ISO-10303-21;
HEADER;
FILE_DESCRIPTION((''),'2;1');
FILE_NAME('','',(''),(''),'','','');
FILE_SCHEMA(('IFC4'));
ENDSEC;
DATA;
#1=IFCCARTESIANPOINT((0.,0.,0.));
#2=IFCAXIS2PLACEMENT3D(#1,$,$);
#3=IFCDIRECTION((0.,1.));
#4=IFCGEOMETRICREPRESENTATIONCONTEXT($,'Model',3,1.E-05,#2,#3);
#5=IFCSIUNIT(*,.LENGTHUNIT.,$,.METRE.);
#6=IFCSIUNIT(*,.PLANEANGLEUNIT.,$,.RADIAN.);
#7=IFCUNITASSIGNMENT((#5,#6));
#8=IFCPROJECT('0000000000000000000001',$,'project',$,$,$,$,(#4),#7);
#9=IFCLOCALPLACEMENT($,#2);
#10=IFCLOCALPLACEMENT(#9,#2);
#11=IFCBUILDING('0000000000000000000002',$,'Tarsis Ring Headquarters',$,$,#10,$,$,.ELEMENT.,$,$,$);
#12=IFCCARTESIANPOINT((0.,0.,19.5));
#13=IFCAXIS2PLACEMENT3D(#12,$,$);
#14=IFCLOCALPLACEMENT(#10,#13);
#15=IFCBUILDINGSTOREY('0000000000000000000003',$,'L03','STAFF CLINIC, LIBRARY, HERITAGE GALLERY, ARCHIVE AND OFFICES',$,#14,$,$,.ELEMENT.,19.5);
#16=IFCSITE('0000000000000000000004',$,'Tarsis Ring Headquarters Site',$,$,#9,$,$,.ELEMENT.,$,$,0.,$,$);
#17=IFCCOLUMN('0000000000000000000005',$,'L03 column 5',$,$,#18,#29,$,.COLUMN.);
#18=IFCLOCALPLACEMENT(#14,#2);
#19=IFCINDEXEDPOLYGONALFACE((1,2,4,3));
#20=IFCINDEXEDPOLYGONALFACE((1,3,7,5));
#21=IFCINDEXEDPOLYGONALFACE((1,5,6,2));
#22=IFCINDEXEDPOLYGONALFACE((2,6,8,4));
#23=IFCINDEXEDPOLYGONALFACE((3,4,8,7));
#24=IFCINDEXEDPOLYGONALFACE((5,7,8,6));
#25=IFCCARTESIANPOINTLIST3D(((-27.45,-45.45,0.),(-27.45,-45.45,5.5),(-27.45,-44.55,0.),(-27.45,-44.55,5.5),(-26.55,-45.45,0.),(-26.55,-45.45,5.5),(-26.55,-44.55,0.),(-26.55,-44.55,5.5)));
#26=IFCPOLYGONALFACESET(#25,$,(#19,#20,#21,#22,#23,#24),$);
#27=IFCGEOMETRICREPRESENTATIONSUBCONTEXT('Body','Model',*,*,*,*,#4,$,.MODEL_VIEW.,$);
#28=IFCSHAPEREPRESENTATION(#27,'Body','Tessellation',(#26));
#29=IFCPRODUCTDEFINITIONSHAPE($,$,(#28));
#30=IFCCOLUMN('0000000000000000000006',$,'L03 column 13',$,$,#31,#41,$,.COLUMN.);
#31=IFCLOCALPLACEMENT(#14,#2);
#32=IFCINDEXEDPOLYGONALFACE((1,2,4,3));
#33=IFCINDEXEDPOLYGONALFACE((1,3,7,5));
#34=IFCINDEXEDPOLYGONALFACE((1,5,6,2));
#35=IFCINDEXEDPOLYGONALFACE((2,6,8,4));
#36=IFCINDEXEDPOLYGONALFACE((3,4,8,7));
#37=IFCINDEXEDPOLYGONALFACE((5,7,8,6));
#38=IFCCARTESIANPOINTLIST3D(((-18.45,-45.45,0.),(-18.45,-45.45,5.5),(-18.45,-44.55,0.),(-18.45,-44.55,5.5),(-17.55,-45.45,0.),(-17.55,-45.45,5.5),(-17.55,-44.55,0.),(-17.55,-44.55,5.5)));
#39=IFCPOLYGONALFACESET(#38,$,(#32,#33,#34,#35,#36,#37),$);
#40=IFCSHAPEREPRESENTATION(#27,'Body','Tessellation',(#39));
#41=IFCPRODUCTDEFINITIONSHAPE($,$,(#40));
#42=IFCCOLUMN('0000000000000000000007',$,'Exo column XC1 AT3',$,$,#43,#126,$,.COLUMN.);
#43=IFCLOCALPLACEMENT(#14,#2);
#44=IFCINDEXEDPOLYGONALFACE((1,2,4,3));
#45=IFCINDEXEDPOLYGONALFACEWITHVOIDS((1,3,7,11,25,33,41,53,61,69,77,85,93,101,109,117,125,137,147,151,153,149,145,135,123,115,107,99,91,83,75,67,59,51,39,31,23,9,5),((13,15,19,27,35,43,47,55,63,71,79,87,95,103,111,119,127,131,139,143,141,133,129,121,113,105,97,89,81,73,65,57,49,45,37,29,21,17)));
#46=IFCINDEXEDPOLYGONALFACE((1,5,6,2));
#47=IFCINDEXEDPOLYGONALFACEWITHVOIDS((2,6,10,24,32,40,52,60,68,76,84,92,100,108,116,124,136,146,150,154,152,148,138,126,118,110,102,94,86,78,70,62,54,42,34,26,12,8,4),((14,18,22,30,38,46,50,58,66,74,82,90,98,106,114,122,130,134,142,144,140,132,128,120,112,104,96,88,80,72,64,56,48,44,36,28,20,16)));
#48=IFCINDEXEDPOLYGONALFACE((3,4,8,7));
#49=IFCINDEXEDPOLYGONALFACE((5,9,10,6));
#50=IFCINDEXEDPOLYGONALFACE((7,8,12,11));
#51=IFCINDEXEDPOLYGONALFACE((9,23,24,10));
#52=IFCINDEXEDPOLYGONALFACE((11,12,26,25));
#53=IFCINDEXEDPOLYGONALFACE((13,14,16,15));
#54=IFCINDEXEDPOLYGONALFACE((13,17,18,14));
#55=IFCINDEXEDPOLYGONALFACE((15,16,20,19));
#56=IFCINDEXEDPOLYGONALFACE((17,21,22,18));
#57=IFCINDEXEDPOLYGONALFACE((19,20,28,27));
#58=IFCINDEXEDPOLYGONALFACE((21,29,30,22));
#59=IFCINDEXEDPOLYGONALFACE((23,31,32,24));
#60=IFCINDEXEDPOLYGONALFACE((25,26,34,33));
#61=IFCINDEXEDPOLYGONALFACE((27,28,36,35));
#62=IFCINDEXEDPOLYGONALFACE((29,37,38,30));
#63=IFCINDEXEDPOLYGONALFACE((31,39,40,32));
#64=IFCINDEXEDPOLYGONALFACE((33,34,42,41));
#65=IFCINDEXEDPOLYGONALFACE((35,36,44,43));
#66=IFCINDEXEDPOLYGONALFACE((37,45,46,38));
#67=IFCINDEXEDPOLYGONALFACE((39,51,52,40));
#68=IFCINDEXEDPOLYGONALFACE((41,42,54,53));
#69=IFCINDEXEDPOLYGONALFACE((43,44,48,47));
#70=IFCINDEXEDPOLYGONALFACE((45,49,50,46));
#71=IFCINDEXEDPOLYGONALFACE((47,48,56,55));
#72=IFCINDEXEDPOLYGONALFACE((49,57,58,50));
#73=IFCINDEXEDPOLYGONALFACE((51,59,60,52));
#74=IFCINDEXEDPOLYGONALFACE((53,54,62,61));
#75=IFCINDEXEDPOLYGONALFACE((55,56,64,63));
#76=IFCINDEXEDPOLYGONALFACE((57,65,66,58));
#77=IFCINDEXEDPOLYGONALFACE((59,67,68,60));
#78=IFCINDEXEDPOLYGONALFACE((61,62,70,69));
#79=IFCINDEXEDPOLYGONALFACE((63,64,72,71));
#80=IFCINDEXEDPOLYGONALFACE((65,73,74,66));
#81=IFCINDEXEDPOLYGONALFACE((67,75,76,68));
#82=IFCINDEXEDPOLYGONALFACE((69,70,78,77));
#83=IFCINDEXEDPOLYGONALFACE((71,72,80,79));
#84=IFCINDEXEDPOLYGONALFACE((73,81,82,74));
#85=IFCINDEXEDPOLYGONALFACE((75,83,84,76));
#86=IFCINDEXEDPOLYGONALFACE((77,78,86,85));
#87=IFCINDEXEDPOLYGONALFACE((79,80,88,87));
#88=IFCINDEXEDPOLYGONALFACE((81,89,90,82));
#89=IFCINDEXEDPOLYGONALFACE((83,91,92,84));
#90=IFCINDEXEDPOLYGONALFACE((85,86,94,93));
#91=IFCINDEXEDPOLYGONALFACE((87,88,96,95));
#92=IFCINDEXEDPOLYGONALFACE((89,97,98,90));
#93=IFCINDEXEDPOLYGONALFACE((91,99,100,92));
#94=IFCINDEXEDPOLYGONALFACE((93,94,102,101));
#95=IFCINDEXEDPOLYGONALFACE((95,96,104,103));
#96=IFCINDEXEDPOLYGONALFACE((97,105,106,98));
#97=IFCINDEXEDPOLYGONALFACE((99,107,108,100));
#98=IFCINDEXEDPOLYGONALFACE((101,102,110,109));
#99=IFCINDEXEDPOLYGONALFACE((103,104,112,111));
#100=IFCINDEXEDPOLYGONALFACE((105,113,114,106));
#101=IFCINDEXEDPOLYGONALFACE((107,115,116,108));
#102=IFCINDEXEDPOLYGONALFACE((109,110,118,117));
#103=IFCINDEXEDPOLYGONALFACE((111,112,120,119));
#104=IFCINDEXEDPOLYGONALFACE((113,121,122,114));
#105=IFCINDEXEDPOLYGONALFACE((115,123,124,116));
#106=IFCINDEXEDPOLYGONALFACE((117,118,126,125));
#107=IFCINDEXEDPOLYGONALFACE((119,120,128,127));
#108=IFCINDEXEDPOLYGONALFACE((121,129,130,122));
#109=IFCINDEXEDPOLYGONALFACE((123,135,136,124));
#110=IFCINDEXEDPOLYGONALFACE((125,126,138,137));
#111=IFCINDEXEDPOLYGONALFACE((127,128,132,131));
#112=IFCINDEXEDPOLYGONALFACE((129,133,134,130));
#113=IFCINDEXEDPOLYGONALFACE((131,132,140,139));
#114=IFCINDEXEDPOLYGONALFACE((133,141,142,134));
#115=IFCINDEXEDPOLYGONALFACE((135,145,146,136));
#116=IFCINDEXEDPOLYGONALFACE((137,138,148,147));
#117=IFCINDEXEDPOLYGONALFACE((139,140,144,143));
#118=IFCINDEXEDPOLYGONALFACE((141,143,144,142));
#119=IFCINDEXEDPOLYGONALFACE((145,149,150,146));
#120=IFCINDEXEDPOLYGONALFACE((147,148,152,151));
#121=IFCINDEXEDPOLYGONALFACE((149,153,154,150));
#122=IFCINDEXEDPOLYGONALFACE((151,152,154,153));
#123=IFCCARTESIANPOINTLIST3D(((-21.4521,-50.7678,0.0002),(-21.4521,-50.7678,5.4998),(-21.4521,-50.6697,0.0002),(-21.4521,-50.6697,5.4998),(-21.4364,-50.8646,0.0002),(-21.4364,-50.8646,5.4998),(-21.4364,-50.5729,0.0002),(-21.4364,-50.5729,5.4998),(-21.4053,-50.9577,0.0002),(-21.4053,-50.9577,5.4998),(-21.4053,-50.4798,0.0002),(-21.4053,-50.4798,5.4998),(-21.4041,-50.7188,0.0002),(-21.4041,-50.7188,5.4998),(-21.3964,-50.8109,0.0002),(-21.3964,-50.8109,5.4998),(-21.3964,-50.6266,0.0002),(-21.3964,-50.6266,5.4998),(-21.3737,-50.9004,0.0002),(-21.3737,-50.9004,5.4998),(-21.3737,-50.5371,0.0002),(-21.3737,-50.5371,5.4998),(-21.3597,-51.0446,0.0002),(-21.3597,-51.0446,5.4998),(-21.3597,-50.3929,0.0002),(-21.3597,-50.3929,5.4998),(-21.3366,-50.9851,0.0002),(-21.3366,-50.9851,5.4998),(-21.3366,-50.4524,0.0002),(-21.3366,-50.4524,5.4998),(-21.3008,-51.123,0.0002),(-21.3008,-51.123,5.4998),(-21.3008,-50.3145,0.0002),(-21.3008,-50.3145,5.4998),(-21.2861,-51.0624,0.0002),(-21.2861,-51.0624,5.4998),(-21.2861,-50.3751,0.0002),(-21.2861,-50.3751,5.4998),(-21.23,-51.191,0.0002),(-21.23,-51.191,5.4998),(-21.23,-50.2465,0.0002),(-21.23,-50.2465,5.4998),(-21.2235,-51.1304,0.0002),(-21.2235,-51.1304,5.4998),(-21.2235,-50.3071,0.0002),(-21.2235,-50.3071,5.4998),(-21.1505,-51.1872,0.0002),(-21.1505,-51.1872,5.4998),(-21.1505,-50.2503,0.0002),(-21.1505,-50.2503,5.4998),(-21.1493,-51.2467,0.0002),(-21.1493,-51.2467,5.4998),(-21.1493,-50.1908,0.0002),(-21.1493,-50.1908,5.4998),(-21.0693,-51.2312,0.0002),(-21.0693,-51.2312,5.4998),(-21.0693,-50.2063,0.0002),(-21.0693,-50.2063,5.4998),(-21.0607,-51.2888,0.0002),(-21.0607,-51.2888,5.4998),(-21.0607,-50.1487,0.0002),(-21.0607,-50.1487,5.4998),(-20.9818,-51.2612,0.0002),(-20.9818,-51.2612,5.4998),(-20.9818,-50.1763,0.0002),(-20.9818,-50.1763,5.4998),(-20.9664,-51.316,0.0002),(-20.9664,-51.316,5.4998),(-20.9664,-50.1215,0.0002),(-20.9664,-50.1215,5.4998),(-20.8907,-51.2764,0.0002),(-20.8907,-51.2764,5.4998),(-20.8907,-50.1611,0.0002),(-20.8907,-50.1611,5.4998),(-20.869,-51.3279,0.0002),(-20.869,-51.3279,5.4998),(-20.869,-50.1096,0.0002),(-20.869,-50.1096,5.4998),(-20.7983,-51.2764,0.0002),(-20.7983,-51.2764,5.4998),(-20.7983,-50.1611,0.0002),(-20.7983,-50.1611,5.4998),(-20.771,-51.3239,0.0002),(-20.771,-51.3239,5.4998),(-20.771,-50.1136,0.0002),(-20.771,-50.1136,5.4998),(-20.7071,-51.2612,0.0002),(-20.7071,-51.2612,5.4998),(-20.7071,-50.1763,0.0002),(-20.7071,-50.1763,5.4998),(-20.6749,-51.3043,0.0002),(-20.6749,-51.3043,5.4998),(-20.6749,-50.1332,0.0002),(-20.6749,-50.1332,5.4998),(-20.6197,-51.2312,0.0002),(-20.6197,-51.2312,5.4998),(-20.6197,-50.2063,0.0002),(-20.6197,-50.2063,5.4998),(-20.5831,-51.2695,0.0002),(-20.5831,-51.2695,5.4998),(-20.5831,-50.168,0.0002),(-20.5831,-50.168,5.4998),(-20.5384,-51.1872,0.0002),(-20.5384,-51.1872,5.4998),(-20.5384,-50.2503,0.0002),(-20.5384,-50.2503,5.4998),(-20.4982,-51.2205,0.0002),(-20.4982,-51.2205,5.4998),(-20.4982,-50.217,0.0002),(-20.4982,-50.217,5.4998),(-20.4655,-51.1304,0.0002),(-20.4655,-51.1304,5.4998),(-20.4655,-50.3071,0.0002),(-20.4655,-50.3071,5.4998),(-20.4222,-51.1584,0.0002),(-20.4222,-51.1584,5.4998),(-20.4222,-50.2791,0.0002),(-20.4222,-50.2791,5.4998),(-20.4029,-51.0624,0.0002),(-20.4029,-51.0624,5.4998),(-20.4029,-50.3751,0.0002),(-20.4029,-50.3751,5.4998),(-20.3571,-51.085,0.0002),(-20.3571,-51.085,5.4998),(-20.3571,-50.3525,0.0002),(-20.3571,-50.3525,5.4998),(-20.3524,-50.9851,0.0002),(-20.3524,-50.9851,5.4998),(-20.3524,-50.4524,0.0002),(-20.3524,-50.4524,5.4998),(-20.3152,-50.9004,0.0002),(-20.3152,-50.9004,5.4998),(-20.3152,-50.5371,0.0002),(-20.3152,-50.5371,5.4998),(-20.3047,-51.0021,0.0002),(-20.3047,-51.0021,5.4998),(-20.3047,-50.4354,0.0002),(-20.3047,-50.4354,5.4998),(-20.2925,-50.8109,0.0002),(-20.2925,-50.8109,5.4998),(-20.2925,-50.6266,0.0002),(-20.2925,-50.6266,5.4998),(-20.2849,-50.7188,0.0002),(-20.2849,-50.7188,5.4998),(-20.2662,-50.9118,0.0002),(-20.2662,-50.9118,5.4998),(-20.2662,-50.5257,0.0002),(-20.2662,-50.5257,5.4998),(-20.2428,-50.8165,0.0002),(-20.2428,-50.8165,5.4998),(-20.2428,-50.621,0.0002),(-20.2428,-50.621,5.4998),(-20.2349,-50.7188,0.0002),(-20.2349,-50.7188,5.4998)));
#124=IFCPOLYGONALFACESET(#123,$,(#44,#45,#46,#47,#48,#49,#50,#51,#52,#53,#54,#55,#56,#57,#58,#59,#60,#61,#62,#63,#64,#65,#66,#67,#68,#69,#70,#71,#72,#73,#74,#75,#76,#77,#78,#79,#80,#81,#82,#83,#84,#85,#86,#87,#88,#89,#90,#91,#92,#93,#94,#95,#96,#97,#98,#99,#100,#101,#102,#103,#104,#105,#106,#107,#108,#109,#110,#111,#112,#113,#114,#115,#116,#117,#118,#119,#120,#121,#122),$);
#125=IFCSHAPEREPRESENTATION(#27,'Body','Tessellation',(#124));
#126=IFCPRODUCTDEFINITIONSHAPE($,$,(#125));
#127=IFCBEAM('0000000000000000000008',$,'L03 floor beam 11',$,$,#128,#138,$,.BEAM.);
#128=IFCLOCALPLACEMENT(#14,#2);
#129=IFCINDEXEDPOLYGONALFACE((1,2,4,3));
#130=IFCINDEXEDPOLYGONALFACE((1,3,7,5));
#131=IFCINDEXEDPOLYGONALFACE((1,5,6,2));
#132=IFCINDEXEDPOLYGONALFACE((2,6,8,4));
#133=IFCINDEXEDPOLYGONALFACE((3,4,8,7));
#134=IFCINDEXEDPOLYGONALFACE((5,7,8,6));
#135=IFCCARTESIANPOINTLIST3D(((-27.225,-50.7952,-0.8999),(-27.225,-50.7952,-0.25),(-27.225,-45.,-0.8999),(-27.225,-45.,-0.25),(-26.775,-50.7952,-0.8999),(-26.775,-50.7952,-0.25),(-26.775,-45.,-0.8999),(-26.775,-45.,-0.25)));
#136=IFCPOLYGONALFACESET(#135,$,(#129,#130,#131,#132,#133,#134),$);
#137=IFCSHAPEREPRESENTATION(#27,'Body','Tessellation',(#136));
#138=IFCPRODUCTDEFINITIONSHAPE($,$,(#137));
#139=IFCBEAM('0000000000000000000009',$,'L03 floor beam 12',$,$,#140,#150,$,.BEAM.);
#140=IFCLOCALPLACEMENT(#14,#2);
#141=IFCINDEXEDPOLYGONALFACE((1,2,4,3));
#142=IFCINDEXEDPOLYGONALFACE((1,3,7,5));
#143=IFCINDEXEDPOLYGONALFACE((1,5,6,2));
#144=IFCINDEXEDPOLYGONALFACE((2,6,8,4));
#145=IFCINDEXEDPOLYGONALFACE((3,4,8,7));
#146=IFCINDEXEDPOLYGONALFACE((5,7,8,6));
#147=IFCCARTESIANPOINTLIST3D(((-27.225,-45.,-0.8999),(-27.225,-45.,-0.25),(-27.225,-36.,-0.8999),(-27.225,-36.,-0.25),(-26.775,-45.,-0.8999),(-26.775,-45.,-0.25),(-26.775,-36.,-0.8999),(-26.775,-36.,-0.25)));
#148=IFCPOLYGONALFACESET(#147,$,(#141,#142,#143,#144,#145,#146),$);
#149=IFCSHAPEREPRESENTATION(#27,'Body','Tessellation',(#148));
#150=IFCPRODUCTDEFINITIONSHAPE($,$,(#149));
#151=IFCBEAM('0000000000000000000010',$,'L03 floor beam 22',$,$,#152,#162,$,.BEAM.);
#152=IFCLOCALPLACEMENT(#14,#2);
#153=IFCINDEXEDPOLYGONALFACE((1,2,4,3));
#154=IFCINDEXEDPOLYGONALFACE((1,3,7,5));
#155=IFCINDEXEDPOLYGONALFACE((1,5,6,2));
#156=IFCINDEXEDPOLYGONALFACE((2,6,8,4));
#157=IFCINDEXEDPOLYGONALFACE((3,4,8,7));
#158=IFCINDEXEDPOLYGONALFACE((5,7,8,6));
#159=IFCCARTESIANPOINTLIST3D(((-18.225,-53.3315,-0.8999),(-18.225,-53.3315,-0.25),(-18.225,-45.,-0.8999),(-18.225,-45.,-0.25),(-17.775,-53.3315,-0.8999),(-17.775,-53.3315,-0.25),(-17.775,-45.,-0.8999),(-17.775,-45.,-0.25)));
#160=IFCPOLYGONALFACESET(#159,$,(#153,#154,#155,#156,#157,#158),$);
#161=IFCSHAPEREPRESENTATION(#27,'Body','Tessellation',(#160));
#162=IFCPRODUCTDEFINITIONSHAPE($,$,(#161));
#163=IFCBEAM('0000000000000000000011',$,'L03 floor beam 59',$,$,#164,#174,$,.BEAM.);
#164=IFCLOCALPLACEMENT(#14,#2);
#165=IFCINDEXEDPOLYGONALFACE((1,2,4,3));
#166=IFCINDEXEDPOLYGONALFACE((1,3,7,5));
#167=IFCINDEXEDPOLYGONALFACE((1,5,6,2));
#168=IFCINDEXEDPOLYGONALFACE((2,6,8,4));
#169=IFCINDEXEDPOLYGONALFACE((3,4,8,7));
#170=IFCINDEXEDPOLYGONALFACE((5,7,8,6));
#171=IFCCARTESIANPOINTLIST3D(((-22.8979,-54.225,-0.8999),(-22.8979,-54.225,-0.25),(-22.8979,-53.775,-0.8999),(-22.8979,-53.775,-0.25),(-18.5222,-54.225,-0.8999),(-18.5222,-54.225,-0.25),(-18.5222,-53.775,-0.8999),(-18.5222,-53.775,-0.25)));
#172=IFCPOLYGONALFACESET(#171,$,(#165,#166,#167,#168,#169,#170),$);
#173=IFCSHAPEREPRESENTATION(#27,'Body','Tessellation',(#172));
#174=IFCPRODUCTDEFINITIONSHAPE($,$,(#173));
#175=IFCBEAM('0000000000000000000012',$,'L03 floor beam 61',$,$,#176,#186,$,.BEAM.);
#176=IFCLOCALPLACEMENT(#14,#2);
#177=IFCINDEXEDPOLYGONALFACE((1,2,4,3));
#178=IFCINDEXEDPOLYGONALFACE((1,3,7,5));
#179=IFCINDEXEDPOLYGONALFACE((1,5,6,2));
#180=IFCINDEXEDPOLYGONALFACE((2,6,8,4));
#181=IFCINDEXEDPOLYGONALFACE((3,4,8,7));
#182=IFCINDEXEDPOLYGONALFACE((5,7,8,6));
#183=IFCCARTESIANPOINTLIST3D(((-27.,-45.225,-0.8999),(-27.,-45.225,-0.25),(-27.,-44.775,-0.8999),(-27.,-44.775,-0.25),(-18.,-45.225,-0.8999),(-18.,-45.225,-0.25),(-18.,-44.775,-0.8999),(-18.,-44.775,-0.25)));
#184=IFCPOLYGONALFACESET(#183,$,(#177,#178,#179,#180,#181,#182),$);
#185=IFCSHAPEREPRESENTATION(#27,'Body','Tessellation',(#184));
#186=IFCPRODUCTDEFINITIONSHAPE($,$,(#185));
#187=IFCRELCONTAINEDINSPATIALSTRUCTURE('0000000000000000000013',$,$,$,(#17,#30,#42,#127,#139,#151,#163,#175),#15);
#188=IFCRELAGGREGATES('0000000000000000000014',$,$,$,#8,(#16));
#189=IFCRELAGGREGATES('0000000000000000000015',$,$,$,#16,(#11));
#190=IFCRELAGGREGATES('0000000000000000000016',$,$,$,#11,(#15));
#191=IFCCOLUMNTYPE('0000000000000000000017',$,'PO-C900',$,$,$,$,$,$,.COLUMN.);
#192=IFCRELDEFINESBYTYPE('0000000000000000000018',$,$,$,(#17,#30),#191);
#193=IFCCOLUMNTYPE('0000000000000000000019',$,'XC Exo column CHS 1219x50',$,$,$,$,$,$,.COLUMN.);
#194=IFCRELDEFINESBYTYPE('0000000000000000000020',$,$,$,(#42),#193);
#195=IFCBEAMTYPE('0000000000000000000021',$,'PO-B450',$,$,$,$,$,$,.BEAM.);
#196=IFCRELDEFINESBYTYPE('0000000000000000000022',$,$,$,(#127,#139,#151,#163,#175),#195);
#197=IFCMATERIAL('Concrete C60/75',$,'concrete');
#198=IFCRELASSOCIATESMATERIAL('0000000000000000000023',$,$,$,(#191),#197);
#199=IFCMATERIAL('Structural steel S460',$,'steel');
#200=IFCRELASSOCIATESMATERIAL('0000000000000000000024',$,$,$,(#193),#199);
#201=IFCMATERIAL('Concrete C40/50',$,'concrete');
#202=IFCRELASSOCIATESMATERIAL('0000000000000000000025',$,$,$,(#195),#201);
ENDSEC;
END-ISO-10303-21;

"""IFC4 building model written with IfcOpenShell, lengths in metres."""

from ifc_helpers import new_model, si_unit, direction, frame, origin, origin_2d, place, context, subcontext, project, spatial, rectangle, hollow_circle, extrude, material, material_profile, profile_set, type_object, element, save


model = new_model("IFC4")

# Units and contexts
model_context = context("Model", 3, precision=1e-05, world=origin(), true_north=direction((0.0, 1.0)))
body_context = subcontext(model_context, "Body", "Model", "MODEL_VIEW")
ifc_project = project(units=[si_unit("LENGTHUNIT", "METRE"), si_unit("PLANEANGLEUNIT", "RADIAN")], contexts=[model_context])

# Site, building, storey
site_placement = place(None, origin())
site = spatial("IfcSite", under=ifc_project, at=site_placement, Name="Tarsis Ring Headquarters Site", CompositionType="ELEMENT", RefElevation=0.0)
building_placement = place(site_placement, origin())
building = spatial("IfcBuilding", under=site, at=building_placement, Name="Tarsis Ring Headquarters", CompositionType="ELEMENT")
storey_placement = place(building_placement, frame((0.0, 0.0, 19.5)))
storey = spatial("IfcBuildingStorey", under=building, at=storey_placement, Name="L03", Description="STAFF CLINIC, LIBRARY, HERITAGE GALLERY, ARCHIVE AND OFFICES", CompositionType="ELEMENT", Elevation=19.5)

# Columns
ifc_material_1 = material(Name="Concrete C60/75", Category="concrete")
ifc_material_profile_1 = material_profile(ifc_material_1, rectangle(XDim=0.8999, YDim=0.8999, at=origin_2d()), Name="PO-C900")
ifc_profile_set_1 = profile_set([ifc_material_profile_1], Name="Concrete C60/75")
column_type_1 = type_object("IfcColumnType", Name="PO-C900", PredefinedType="COLUMN", material=ifc_profile_set_1)
for number, where, z_axis, x_axis, name in (
    (1, (-27.0, -45.0, 0.0), (0.0, 0.0, 1.0), (1.0, 0.0, 0.0), "L03 column 5"),
    (2, (-18.0, -45.0, 0.0), (0.0, 0.0, 1.0), (1.0, 0.0, 0.0), "L03 column 13"),
):
    element("IfcColumn", number, at=place(storey_placement, frame(where, z_axis=z_axis, x_axis=x_axis)), inside=storey, type_object=column_type_1, Name=name, PredefinedType="COLUMN", context=body_context, shape_type="SweptSolid", body=[
        extrude(rectangle(XDim=0.8999, YDim=0.8999, at=origin_2d()), origin(), (0.0, 0.0, 1.0), 5.5),
    ])
ifc_material_2 = material(Name="Structural steel S460", Category="steel")
ifc_material_profile_2 = material_profile(ifc_material_2, hollow_circle(Radius=0.6096, WallThickness=0.05, at=origin_2d()), Name="CHS 1219x50")
ifc_profile_set_2 = profile_set([ifc_material_profile_2], Name="Structural steel S460")
column_type_2 = type_object("IfcColumnType", Name="XC Exo column CHS 1219x50", PredefinedType="COLUMN", material=ifc_profile_set_2)
column_placement = place(storey_placement, frame((-20.8445, -50.7188, 0.0002), z_axis=(0.0, 0.0, 1.0), x_axis=(1.0, 0.0, 0.0)))
element("IfcColumn", 3, at=column_placement, inside=storey, type_object=column_type_2, Name="Exo column XC1 AT3", PredefinedType="COLUMN", context=body_context, shape_type="SweptSolid", body=[
    extrude(hollow_circle(Radius=0.6096, WallThickness=0.05, at=origin_2d()), origin(), (0.0, 0.0, 1.0), 5.4995),
])

# Beams
ifc_material_3 = material(Name="Concrete C40/50", Category="concrete")
ifc_material_profile_3 = material_profile(ifc_material_3, rectangle(XDim=0.45, YDim=0.6499, at=origin_2d()), Name="PO-B450")
ifc_profile_set_3 = profile_set([ifc_material_profile_3], Name="Concrete C40/50")
beam_type_1 = type_object("IfcBeamType", Name="PO-B450", PredefinedType="BEAM", material=ifc_profile_set_3)
beam_1_placement = place(storey_placement, frame((-27.0, -50.7952, -0.575), z_axis=(0.0, 1.0, 0.0), x_axis=(-1.0, 0.0, 0.0)))
element("IfcBeam", 4, at=beam_1_placement, inside=storey, type_object=beam_type_1, Name="L03 floor beam 11", PredefinedType="BEAM", context=body_context, shape_type="SweptSolid", body=[
    extrude(rectangle(XDim=0.45, YDim=0.6499, at=origin_2d()), origin(), (0.0, 0.0, 1.0), 5.7952),
])
beam_2_placement = place(storey_placement, frame((-27.0, -45.0, -0.575), z_axis=(0.0, 1.0, 0.0), x_axis=(-1.0, 0.0, 0.0)))
element("IfcBeam", 5, at=beam_2_placement, inside=storey, type_object=beam_type_1, Name="L03 floor beam 12", PredefinedType="BEAM", context=body_context, shape_type="SweptSolid", body=[
    extrude(rectangle(XDim=0.45, YDim=0.6499, at=origin_2d()), origin(), (0.0, 0.0, 1.0), 9.0),
])
beam_3_placement = place(storey_placement, frame((-18.0, -53.3315, -0.575), z_axis=(0.0, 1.0, 0.0), x_axis=(-1.0, 0.0, 0.0)))
element("IfcBeam", 6, at=beam_3_placement, inside=storey, type_object=beam_type_1, Name="L03 floor beam 22", PredefinedType="BEAM", context=body_context, shape_type="SweptSolid", body=[
    extrude(rectangle(XDim=0.45, YDim=0.6499, at=origin_2d()), origin(), (0.0, 0.0, 1.0), 8.3315),
])
beam_4_placement = place(storey_placement, frame((-22.8979, -54.0, -0.575), z_axis=(1.0, 0.0, 0.0), x_axis=(0.0, 1.0, 0.0)))
element("IfcBeam", 7, at=beam_4_placement, inside=storey, type_object=beam_type_1, Name="L03 floor beam 59", PredefinedType="BEAM", context=body_context, shape_type="SweptSolid", body=[
    extrude(rectangle(XDim=0.45, YDim=0.6499, at=origin_2d()), origin(), (0.0, 0.0, 1.0), 4.3757),
])
beam_5_placement = place(storey_placement, frame((-27.0, -45.0, -0.575), z_axis=(1.0, 0.0, 0.0), x_axis=(0.0, 1.0, 0.0)))
element("IfcBeam", 8, at=beam_5_placement, inside=storey, type_object=beam_type_1, Name="L03 floor beam 61", PredefinedType="BEAM", context=body_context, shape_type="SweptSolid", body=[
    extrude(rectangle(XDim=0.45, YDim=0.6499, at=origin_2d()), origin(), (0.0, 0.0, 1.0), 9.0),
])

save(model, "model.ifc")
